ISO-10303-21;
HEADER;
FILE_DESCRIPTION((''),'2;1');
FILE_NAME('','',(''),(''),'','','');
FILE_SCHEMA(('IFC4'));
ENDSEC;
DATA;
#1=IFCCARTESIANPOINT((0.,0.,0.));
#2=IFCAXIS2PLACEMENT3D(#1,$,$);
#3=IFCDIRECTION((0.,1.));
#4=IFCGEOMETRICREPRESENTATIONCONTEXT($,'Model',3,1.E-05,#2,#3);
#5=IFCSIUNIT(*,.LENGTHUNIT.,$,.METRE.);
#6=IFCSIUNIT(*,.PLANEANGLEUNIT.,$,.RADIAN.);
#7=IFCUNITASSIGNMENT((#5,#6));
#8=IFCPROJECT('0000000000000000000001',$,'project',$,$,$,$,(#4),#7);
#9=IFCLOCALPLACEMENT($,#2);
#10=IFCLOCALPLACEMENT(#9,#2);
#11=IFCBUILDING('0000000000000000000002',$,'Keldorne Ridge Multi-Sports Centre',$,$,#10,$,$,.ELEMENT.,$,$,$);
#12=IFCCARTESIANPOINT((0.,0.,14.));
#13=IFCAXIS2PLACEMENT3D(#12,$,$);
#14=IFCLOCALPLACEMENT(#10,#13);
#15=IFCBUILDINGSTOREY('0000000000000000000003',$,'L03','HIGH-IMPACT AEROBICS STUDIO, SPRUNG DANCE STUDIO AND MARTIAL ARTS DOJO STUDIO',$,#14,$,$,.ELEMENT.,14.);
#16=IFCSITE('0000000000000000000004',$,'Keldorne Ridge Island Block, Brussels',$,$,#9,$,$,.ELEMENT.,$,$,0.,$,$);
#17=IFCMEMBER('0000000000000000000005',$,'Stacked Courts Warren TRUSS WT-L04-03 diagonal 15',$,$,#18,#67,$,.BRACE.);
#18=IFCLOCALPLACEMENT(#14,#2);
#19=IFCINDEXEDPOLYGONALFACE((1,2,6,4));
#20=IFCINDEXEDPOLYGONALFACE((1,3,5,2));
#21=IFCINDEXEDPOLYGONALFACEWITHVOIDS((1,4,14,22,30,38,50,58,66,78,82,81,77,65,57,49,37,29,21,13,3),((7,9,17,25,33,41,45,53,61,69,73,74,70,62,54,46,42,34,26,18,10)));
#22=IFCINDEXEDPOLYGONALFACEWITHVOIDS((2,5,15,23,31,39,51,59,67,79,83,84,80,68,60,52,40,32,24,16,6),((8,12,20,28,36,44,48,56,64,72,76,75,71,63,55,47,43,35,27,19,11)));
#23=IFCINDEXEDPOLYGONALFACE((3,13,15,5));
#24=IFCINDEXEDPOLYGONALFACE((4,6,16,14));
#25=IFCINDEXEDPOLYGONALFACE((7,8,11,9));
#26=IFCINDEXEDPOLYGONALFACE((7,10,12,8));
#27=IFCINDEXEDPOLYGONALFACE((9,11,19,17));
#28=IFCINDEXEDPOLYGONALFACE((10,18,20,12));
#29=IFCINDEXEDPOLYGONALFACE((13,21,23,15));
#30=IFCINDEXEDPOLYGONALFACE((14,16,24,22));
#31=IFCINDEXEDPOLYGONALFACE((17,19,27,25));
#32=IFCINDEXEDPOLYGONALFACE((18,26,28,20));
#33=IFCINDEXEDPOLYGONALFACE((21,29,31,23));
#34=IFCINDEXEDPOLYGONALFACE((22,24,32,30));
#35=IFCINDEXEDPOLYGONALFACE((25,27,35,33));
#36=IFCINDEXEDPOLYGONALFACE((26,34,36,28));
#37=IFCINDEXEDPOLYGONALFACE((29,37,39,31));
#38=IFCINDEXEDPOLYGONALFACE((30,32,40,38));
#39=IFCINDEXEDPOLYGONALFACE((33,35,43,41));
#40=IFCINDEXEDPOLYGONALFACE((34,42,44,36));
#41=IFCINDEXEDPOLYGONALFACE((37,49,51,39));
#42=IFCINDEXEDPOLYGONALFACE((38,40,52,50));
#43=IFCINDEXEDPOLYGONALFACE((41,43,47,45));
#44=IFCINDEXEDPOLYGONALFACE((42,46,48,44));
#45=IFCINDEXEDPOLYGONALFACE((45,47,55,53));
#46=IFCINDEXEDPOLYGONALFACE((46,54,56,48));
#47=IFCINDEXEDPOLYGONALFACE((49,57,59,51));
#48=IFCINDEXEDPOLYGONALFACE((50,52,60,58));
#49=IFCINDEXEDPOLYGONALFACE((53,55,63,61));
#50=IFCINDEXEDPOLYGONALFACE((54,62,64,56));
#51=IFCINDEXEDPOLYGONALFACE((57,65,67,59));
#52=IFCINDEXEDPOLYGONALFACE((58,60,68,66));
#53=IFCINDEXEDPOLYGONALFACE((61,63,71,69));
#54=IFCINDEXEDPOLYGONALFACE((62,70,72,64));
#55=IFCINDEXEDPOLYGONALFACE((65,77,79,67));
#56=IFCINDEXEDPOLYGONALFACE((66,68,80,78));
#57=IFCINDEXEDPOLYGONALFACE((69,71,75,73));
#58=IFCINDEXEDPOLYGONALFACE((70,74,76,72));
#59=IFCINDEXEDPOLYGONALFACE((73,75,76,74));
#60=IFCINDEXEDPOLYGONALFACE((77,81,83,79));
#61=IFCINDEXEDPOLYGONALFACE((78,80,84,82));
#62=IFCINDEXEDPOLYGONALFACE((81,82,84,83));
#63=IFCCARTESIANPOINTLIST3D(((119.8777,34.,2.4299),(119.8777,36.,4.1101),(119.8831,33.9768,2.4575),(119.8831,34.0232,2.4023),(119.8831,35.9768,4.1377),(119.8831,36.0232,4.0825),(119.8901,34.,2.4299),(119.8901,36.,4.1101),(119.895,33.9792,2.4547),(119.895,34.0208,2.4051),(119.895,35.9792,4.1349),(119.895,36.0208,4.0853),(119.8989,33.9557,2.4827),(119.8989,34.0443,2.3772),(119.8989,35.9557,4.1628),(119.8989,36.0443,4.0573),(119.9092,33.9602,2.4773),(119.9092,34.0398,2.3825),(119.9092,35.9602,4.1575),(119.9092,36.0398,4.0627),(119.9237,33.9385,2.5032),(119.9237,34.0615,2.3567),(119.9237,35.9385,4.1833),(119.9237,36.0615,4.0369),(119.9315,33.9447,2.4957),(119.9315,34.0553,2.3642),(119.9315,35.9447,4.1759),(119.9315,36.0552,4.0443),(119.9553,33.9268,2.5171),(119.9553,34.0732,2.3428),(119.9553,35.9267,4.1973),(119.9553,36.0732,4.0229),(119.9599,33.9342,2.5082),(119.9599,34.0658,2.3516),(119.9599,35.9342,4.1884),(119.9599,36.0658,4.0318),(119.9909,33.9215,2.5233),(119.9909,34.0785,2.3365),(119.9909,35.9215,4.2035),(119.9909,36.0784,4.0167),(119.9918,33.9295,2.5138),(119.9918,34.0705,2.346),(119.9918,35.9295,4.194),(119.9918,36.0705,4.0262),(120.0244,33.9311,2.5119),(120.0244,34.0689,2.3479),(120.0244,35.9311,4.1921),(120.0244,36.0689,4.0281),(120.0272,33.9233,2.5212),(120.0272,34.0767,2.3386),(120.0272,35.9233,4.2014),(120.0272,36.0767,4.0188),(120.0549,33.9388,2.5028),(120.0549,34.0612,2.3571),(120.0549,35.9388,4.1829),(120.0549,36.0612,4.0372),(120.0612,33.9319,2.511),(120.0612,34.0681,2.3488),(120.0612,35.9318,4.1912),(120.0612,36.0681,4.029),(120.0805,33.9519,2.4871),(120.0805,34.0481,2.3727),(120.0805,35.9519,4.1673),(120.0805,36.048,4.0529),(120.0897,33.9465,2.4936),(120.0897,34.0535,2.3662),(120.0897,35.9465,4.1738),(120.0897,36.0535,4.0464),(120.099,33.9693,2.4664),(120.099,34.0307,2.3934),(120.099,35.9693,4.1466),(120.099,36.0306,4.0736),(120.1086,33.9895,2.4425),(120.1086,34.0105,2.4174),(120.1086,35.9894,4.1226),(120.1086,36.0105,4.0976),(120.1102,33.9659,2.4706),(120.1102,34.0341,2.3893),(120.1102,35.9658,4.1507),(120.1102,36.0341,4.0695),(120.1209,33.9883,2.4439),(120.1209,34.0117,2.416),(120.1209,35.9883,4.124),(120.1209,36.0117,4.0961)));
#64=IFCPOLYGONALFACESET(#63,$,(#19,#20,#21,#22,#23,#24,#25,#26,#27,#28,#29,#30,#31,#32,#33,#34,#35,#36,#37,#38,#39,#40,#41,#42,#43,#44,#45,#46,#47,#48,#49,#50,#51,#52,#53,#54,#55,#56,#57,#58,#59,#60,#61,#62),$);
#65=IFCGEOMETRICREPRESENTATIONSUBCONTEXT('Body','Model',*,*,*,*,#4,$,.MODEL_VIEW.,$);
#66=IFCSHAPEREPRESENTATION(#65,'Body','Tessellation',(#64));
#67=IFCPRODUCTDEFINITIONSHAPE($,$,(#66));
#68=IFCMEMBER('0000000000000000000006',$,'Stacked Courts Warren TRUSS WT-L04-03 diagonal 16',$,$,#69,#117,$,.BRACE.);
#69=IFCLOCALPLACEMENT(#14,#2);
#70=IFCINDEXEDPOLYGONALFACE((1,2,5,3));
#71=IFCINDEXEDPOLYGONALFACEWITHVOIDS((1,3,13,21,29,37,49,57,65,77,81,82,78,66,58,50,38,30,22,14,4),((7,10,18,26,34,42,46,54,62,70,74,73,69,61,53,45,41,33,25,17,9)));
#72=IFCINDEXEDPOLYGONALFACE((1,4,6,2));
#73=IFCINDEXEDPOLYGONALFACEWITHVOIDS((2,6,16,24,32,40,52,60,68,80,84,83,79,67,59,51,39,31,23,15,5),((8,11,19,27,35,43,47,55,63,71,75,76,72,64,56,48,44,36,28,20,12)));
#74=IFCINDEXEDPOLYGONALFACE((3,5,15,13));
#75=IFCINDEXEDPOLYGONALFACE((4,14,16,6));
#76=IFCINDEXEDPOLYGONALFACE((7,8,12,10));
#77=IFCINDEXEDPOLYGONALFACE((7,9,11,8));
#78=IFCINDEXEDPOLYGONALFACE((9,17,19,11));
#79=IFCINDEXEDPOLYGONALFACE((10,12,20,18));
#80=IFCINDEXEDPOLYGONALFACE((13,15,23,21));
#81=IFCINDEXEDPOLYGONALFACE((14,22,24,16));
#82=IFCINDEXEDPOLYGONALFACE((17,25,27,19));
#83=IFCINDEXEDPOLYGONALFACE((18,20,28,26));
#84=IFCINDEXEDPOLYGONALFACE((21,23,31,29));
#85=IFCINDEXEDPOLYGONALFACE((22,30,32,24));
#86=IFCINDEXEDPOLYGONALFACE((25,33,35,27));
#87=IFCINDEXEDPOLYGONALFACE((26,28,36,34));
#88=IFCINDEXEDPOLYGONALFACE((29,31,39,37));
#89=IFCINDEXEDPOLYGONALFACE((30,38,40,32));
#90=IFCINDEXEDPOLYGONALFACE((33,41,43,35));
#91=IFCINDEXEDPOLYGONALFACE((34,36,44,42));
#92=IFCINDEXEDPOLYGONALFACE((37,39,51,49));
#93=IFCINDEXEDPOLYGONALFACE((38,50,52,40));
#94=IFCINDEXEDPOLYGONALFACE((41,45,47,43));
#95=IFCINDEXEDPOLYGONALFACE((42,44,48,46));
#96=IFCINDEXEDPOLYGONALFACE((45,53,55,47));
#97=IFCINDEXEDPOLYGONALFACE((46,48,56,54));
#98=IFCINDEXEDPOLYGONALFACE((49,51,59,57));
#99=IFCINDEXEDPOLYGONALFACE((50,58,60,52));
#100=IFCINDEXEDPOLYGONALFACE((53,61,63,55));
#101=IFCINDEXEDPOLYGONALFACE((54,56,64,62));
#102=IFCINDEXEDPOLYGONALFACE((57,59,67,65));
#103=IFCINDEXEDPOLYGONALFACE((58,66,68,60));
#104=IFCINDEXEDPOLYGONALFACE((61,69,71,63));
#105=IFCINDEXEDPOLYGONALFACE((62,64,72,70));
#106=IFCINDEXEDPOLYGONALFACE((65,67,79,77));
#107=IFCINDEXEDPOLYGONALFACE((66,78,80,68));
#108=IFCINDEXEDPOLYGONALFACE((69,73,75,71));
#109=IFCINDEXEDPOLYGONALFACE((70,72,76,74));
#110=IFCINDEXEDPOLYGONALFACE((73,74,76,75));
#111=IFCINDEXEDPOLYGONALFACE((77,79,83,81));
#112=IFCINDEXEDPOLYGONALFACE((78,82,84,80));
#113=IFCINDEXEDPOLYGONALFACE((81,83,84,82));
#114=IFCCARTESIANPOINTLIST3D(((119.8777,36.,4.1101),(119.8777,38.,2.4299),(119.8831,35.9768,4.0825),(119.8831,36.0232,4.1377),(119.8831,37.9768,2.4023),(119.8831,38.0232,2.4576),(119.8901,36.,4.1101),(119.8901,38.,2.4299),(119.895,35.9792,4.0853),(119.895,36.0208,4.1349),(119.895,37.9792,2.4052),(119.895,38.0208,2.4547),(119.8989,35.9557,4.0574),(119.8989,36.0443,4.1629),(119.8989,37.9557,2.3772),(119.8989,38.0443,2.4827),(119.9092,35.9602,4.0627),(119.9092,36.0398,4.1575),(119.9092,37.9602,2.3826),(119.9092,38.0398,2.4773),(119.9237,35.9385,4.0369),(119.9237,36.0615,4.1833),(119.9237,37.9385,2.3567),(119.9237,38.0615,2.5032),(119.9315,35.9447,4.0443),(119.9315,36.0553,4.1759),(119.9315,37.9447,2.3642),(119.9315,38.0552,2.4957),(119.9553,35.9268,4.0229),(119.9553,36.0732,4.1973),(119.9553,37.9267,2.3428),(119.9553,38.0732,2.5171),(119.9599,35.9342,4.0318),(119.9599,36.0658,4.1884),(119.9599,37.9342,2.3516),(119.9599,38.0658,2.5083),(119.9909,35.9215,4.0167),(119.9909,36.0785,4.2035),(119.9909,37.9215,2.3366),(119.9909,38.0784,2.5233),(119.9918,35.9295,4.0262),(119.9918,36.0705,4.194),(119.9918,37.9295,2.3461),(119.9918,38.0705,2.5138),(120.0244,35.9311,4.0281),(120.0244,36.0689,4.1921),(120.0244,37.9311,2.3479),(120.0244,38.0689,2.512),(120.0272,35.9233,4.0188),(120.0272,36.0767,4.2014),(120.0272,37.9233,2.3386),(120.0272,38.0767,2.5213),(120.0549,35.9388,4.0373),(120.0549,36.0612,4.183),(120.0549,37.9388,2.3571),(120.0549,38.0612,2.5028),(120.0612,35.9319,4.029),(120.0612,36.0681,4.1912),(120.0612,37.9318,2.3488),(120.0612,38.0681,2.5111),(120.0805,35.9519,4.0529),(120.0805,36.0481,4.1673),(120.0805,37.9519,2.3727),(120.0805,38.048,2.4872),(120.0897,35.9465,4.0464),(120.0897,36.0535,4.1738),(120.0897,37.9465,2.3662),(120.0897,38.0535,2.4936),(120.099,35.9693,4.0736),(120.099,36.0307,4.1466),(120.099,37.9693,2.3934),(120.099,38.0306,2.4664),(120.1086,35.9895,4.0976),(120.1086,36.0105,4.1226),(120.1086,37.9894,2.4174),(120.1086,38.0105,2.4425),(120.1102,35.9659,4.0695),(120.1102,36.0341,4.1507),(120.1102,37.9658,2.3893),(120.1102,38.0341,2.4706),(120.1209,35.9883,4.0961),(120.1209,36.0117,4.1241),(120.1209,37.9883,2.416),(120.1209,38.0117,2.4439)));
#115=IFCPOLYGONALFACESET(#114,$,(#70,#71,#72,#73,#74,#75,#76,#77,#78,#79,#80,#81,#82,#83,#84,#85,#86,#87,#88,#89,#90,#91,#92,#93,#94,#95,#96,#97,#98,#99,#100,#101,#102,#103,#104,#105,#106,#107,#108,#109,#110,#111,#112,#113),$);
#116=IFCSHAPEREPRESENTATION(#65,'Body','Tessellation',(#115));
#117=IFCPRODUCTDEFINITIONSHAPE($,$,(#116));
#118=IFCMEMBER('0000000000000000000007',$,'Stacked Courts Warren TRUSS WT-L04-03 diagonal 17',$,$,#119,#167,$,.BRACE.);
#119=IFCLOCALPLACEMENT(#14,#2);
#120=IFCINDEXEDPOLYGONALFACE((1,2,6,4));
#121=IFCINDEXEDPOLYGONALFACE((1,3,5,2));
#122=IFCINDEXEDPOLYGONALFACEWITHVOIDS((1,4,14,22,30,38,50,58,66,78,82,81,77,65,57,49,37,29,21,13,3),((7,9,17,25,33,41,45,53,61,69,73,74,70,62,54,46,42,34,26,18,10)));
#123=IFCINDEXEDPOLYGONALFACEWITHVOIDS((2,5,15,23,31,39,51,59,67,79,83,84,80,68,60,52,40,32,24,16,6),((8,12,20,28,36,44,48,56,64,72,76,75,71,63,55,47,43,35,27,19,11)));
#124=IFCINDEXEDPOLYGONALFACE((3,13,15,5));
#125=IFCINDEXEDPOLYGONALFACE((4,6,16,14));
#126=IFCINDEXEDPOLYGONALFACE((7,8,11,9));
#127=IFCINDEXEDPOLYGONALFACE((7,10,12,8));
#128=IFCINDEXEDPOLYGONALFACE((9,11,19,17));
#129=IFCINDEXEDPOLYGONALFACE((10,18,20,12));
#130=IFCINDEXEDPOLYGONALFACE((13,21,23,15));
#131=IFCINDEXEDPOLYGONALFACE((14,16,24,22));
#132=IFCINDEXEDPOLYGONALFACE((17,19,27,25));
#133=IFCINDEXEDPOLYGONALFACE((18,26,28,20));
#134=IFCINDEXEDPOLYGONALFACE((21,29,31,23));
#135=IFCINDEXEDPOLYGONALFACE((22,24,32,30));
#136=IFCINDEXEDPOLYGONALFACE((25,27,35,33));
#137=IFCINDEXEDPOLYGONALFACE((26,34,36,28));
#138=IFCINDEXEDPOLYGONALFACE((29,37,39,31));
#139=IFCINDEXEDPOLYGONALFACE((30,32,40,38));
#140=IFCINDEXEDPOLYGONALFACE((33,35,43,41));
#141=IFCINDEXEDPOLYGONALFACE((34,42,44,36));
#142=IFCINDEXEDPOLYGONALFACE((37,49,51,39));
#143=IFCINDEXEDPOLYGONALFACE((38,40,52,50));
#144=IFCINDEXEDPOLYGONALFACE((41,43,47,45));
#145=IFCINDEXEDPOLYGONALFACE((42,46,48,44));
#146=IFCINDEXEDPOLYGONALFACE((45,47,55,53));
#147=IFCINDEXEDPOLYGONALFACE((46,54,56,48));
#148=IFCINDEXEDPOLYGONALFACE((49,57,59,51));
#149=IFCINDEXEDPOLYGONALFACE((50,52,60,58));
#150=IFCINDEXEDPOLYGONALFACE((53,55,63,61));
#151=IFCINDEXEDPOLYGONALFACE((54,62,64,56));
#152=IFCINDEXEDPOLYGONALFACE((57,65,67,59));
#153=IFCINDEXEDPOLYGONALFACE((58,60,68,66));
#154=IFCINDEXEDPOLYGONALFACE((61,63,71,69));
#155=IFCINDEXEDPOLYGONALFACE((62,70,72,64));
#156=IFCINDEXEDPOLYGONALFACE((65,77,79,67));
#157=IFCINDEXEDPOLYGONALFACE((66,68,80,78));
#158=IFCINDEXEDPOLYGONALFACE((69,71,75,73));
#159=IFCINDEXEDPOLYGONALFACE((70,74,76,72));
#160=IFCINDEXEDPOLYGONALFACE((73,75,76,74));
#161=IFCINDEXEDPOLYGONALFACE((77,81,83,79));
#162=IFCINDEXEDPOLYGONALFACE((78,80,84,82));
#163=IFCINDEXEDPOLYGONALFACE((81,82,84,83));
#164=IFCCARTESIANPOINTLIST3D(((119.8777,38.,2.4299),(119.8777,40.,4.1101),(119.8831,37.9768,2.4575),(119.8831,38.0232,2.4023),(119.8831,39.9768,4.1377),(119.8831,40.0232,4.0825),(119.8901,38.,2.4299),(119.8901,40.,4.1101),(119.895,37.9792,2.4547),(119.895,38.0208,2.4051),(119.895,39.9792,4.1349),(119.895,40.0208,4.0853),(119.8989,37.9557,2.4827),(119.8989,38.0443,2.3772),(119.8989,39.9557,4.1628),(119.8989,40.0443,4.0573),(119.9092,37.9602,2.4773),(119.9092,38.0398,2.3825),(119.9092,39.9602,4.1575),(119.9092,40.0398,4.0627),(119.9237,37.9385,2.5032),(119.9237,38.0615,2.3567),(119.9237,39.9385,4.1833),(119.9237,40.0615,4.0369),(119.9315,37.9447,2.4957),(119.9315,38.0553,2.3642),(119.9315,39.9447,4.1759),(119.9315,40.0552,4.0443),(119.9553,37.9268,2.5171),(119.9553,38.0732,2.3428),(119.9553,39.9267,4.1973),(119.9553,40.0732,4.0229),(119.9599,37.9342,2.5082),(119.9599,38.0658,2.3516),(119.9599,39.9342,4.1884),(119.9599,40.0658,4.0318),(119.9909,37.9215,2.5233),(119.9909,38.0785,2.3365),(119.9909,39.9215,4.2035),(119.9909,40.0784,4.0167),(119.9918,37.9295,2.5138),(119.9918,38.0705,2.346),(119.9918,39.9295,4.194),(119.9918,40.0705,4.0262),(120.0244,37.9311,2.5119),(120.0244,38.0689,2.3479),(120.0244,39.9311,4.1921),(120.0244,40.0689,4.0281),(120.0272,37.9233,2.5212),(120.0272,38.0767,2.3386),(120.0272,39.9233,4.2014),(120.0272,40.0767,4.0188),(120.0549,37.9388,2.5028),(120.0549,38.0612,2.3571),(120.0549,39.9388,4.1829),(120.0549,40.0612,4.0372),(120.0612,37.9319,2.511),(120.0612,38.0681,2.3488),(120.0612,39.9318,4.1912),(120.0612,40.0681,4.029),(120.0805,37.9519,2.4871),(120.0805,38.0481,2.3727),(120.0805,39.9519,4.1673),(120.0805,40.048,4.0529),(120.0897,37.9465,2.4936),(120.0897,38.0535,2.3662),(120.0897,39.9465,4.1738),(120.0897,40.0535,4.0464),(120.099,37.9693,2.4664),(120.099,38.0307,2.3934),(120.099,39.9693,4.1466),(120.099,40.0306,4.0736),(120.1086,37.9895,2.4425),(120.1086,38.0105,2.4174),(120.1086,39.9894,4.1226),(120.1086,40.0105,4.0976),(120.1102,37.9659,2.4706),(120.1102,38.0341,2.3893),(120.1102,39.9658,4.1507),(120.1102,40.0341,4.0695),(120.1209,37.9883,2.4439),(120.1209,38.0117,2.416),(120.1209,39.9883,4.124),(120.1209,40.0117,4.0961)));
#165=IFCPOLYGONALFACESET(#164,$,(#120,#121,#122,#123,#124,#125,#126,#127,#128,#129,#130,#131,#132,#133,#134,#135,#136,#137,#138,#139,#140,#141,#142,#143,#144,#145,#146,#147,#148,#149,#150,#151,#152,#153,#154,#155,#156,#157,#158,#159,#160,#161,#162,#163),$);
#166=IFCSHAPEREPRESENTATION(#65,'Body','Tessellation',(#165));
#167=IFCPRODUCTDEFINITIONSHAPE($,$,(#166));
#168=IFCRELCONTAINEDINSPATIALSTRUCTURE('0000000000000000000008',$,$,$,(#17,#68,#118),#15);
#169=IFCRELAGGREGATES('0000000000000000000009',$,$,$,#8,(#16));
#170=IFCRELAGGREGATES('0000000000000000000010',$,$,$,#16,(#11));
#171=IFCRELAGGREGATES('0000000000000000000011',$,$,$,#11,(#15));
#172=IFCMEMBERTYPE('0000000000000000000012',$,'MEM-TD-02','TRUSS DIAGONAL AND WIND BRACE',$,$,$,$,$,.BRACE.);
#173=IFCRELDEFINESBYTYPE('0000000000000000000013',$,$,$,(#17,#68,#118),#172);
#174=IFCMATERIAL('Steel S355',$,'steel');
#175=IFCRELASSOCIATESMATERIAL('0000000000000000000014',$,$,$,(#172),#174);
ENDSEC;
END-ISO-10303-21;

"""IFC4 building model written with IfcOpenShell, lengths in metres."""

from ifc_helpers import new_model, si_unit, direction, frame, origin, origin_2d, place, context, subcontext, project, spatial, hollow_circle, extrude, material, material_profile, profile_set, type_object, element, save


model = new_model("IFC4")

# Units and contexts
model_context = context("Model", 3, precision=1e-05, world=origin(), true_north=direction((0.0, 1.0)))
body_context = subcontext(model_context, "Body", "Model", "MODEL_VIEW")
ifc_project = project(units=[si_unit("LENGTHUNIT", "METRE"), si_unit("PLANEANGLEUNIT", "RADIAN")], contexts=[model_context])

# Site, building, storey
site_placement = place(None, origin())
site = spatial("IfcSite", under=ifc_project, at=site_placement, Name="Keldorne Ridge Island Block, Brussels", CompositionType="ELEMENT", RefElevation=0.0)
building_placement = place(site_placement, origin())
building = spatial("IfcBuilding", under=site, at=building_placement, Name="Keldorne Ridge Multi-Sports Centre", CompositionType="ELEMENT")
storey_placement = place(building_placement, frame((0.0, 0.0, 14.0)))
storey = spatial("IfcBuildingStorey", under=building, at=storey_placement, Name="L03", Description="HIGH-IMPACT AEROBICS STUDIO, SPRUNG DANCE STUDIO AND MARTIAL ARTS DOJO STUDIO", CompositionType="ELEMENT", Elevation=14.0)

# Members
ifc_material = material(Name="Steel S355", Category="steel")
ifc_material_profile_1 = material_profile(ifc_material, hollow_circle(Radius=0.1223, WallThickness=0.0125, at=origin_2d()), Name="CHS 244.5x12.5")
ifc_profile_set_1 = profile_set([ifc_material_profile_1], Name="Steel S355")
member_type_1 = type_object("IfcMemberType", Name="MEM-TD-02", Description="TRUSS DIAGONAL AND WIND BRACE", PredefinedType="BRACE", material=ifc_profile_set_1)
for number, where, z_axis, x_axis, name in (
    (1, (120.0, 34.0, 2.4299), (0.0, 0.765672, 0.643232), (-1.0, 0.0, 0.0), "Stacked Courts Warren TRUSS WT-L04-03 diagonal 15"),
    (2, (120.0, 36.0, 4.1101), (0.0, 0.765672, -0.643232), (-1.0, 0.0, 0.0), "Stacked Courts Warren TRUSS WT-L04-03 diagonal 16"),
    (3, (120.0, 38.0, 2.4299), (0.0, 0.765672, 0.643232), (-1.0, 0.0, 0.0), "Stacked Courts Warren TRUSS WT-L04-03 diagonal 17"),
):
    element("IfcMember", number, at=place(storey_placement, frame(where, z_axis=z_axis, x_axis=x_axis)), inside=storey, type_object=member_type_1, Name=name, PredefinedType="BRACE", context=body_context, shape_type="SweptSolid", body=[
        extrude(hollow_circle(Radius=0.1223, WallThickness=0.0125, at=origin_2d()), origin(), (0.0, 0.0, 1.0), 2.6121),
    ])

save(model, "model.ifc")
